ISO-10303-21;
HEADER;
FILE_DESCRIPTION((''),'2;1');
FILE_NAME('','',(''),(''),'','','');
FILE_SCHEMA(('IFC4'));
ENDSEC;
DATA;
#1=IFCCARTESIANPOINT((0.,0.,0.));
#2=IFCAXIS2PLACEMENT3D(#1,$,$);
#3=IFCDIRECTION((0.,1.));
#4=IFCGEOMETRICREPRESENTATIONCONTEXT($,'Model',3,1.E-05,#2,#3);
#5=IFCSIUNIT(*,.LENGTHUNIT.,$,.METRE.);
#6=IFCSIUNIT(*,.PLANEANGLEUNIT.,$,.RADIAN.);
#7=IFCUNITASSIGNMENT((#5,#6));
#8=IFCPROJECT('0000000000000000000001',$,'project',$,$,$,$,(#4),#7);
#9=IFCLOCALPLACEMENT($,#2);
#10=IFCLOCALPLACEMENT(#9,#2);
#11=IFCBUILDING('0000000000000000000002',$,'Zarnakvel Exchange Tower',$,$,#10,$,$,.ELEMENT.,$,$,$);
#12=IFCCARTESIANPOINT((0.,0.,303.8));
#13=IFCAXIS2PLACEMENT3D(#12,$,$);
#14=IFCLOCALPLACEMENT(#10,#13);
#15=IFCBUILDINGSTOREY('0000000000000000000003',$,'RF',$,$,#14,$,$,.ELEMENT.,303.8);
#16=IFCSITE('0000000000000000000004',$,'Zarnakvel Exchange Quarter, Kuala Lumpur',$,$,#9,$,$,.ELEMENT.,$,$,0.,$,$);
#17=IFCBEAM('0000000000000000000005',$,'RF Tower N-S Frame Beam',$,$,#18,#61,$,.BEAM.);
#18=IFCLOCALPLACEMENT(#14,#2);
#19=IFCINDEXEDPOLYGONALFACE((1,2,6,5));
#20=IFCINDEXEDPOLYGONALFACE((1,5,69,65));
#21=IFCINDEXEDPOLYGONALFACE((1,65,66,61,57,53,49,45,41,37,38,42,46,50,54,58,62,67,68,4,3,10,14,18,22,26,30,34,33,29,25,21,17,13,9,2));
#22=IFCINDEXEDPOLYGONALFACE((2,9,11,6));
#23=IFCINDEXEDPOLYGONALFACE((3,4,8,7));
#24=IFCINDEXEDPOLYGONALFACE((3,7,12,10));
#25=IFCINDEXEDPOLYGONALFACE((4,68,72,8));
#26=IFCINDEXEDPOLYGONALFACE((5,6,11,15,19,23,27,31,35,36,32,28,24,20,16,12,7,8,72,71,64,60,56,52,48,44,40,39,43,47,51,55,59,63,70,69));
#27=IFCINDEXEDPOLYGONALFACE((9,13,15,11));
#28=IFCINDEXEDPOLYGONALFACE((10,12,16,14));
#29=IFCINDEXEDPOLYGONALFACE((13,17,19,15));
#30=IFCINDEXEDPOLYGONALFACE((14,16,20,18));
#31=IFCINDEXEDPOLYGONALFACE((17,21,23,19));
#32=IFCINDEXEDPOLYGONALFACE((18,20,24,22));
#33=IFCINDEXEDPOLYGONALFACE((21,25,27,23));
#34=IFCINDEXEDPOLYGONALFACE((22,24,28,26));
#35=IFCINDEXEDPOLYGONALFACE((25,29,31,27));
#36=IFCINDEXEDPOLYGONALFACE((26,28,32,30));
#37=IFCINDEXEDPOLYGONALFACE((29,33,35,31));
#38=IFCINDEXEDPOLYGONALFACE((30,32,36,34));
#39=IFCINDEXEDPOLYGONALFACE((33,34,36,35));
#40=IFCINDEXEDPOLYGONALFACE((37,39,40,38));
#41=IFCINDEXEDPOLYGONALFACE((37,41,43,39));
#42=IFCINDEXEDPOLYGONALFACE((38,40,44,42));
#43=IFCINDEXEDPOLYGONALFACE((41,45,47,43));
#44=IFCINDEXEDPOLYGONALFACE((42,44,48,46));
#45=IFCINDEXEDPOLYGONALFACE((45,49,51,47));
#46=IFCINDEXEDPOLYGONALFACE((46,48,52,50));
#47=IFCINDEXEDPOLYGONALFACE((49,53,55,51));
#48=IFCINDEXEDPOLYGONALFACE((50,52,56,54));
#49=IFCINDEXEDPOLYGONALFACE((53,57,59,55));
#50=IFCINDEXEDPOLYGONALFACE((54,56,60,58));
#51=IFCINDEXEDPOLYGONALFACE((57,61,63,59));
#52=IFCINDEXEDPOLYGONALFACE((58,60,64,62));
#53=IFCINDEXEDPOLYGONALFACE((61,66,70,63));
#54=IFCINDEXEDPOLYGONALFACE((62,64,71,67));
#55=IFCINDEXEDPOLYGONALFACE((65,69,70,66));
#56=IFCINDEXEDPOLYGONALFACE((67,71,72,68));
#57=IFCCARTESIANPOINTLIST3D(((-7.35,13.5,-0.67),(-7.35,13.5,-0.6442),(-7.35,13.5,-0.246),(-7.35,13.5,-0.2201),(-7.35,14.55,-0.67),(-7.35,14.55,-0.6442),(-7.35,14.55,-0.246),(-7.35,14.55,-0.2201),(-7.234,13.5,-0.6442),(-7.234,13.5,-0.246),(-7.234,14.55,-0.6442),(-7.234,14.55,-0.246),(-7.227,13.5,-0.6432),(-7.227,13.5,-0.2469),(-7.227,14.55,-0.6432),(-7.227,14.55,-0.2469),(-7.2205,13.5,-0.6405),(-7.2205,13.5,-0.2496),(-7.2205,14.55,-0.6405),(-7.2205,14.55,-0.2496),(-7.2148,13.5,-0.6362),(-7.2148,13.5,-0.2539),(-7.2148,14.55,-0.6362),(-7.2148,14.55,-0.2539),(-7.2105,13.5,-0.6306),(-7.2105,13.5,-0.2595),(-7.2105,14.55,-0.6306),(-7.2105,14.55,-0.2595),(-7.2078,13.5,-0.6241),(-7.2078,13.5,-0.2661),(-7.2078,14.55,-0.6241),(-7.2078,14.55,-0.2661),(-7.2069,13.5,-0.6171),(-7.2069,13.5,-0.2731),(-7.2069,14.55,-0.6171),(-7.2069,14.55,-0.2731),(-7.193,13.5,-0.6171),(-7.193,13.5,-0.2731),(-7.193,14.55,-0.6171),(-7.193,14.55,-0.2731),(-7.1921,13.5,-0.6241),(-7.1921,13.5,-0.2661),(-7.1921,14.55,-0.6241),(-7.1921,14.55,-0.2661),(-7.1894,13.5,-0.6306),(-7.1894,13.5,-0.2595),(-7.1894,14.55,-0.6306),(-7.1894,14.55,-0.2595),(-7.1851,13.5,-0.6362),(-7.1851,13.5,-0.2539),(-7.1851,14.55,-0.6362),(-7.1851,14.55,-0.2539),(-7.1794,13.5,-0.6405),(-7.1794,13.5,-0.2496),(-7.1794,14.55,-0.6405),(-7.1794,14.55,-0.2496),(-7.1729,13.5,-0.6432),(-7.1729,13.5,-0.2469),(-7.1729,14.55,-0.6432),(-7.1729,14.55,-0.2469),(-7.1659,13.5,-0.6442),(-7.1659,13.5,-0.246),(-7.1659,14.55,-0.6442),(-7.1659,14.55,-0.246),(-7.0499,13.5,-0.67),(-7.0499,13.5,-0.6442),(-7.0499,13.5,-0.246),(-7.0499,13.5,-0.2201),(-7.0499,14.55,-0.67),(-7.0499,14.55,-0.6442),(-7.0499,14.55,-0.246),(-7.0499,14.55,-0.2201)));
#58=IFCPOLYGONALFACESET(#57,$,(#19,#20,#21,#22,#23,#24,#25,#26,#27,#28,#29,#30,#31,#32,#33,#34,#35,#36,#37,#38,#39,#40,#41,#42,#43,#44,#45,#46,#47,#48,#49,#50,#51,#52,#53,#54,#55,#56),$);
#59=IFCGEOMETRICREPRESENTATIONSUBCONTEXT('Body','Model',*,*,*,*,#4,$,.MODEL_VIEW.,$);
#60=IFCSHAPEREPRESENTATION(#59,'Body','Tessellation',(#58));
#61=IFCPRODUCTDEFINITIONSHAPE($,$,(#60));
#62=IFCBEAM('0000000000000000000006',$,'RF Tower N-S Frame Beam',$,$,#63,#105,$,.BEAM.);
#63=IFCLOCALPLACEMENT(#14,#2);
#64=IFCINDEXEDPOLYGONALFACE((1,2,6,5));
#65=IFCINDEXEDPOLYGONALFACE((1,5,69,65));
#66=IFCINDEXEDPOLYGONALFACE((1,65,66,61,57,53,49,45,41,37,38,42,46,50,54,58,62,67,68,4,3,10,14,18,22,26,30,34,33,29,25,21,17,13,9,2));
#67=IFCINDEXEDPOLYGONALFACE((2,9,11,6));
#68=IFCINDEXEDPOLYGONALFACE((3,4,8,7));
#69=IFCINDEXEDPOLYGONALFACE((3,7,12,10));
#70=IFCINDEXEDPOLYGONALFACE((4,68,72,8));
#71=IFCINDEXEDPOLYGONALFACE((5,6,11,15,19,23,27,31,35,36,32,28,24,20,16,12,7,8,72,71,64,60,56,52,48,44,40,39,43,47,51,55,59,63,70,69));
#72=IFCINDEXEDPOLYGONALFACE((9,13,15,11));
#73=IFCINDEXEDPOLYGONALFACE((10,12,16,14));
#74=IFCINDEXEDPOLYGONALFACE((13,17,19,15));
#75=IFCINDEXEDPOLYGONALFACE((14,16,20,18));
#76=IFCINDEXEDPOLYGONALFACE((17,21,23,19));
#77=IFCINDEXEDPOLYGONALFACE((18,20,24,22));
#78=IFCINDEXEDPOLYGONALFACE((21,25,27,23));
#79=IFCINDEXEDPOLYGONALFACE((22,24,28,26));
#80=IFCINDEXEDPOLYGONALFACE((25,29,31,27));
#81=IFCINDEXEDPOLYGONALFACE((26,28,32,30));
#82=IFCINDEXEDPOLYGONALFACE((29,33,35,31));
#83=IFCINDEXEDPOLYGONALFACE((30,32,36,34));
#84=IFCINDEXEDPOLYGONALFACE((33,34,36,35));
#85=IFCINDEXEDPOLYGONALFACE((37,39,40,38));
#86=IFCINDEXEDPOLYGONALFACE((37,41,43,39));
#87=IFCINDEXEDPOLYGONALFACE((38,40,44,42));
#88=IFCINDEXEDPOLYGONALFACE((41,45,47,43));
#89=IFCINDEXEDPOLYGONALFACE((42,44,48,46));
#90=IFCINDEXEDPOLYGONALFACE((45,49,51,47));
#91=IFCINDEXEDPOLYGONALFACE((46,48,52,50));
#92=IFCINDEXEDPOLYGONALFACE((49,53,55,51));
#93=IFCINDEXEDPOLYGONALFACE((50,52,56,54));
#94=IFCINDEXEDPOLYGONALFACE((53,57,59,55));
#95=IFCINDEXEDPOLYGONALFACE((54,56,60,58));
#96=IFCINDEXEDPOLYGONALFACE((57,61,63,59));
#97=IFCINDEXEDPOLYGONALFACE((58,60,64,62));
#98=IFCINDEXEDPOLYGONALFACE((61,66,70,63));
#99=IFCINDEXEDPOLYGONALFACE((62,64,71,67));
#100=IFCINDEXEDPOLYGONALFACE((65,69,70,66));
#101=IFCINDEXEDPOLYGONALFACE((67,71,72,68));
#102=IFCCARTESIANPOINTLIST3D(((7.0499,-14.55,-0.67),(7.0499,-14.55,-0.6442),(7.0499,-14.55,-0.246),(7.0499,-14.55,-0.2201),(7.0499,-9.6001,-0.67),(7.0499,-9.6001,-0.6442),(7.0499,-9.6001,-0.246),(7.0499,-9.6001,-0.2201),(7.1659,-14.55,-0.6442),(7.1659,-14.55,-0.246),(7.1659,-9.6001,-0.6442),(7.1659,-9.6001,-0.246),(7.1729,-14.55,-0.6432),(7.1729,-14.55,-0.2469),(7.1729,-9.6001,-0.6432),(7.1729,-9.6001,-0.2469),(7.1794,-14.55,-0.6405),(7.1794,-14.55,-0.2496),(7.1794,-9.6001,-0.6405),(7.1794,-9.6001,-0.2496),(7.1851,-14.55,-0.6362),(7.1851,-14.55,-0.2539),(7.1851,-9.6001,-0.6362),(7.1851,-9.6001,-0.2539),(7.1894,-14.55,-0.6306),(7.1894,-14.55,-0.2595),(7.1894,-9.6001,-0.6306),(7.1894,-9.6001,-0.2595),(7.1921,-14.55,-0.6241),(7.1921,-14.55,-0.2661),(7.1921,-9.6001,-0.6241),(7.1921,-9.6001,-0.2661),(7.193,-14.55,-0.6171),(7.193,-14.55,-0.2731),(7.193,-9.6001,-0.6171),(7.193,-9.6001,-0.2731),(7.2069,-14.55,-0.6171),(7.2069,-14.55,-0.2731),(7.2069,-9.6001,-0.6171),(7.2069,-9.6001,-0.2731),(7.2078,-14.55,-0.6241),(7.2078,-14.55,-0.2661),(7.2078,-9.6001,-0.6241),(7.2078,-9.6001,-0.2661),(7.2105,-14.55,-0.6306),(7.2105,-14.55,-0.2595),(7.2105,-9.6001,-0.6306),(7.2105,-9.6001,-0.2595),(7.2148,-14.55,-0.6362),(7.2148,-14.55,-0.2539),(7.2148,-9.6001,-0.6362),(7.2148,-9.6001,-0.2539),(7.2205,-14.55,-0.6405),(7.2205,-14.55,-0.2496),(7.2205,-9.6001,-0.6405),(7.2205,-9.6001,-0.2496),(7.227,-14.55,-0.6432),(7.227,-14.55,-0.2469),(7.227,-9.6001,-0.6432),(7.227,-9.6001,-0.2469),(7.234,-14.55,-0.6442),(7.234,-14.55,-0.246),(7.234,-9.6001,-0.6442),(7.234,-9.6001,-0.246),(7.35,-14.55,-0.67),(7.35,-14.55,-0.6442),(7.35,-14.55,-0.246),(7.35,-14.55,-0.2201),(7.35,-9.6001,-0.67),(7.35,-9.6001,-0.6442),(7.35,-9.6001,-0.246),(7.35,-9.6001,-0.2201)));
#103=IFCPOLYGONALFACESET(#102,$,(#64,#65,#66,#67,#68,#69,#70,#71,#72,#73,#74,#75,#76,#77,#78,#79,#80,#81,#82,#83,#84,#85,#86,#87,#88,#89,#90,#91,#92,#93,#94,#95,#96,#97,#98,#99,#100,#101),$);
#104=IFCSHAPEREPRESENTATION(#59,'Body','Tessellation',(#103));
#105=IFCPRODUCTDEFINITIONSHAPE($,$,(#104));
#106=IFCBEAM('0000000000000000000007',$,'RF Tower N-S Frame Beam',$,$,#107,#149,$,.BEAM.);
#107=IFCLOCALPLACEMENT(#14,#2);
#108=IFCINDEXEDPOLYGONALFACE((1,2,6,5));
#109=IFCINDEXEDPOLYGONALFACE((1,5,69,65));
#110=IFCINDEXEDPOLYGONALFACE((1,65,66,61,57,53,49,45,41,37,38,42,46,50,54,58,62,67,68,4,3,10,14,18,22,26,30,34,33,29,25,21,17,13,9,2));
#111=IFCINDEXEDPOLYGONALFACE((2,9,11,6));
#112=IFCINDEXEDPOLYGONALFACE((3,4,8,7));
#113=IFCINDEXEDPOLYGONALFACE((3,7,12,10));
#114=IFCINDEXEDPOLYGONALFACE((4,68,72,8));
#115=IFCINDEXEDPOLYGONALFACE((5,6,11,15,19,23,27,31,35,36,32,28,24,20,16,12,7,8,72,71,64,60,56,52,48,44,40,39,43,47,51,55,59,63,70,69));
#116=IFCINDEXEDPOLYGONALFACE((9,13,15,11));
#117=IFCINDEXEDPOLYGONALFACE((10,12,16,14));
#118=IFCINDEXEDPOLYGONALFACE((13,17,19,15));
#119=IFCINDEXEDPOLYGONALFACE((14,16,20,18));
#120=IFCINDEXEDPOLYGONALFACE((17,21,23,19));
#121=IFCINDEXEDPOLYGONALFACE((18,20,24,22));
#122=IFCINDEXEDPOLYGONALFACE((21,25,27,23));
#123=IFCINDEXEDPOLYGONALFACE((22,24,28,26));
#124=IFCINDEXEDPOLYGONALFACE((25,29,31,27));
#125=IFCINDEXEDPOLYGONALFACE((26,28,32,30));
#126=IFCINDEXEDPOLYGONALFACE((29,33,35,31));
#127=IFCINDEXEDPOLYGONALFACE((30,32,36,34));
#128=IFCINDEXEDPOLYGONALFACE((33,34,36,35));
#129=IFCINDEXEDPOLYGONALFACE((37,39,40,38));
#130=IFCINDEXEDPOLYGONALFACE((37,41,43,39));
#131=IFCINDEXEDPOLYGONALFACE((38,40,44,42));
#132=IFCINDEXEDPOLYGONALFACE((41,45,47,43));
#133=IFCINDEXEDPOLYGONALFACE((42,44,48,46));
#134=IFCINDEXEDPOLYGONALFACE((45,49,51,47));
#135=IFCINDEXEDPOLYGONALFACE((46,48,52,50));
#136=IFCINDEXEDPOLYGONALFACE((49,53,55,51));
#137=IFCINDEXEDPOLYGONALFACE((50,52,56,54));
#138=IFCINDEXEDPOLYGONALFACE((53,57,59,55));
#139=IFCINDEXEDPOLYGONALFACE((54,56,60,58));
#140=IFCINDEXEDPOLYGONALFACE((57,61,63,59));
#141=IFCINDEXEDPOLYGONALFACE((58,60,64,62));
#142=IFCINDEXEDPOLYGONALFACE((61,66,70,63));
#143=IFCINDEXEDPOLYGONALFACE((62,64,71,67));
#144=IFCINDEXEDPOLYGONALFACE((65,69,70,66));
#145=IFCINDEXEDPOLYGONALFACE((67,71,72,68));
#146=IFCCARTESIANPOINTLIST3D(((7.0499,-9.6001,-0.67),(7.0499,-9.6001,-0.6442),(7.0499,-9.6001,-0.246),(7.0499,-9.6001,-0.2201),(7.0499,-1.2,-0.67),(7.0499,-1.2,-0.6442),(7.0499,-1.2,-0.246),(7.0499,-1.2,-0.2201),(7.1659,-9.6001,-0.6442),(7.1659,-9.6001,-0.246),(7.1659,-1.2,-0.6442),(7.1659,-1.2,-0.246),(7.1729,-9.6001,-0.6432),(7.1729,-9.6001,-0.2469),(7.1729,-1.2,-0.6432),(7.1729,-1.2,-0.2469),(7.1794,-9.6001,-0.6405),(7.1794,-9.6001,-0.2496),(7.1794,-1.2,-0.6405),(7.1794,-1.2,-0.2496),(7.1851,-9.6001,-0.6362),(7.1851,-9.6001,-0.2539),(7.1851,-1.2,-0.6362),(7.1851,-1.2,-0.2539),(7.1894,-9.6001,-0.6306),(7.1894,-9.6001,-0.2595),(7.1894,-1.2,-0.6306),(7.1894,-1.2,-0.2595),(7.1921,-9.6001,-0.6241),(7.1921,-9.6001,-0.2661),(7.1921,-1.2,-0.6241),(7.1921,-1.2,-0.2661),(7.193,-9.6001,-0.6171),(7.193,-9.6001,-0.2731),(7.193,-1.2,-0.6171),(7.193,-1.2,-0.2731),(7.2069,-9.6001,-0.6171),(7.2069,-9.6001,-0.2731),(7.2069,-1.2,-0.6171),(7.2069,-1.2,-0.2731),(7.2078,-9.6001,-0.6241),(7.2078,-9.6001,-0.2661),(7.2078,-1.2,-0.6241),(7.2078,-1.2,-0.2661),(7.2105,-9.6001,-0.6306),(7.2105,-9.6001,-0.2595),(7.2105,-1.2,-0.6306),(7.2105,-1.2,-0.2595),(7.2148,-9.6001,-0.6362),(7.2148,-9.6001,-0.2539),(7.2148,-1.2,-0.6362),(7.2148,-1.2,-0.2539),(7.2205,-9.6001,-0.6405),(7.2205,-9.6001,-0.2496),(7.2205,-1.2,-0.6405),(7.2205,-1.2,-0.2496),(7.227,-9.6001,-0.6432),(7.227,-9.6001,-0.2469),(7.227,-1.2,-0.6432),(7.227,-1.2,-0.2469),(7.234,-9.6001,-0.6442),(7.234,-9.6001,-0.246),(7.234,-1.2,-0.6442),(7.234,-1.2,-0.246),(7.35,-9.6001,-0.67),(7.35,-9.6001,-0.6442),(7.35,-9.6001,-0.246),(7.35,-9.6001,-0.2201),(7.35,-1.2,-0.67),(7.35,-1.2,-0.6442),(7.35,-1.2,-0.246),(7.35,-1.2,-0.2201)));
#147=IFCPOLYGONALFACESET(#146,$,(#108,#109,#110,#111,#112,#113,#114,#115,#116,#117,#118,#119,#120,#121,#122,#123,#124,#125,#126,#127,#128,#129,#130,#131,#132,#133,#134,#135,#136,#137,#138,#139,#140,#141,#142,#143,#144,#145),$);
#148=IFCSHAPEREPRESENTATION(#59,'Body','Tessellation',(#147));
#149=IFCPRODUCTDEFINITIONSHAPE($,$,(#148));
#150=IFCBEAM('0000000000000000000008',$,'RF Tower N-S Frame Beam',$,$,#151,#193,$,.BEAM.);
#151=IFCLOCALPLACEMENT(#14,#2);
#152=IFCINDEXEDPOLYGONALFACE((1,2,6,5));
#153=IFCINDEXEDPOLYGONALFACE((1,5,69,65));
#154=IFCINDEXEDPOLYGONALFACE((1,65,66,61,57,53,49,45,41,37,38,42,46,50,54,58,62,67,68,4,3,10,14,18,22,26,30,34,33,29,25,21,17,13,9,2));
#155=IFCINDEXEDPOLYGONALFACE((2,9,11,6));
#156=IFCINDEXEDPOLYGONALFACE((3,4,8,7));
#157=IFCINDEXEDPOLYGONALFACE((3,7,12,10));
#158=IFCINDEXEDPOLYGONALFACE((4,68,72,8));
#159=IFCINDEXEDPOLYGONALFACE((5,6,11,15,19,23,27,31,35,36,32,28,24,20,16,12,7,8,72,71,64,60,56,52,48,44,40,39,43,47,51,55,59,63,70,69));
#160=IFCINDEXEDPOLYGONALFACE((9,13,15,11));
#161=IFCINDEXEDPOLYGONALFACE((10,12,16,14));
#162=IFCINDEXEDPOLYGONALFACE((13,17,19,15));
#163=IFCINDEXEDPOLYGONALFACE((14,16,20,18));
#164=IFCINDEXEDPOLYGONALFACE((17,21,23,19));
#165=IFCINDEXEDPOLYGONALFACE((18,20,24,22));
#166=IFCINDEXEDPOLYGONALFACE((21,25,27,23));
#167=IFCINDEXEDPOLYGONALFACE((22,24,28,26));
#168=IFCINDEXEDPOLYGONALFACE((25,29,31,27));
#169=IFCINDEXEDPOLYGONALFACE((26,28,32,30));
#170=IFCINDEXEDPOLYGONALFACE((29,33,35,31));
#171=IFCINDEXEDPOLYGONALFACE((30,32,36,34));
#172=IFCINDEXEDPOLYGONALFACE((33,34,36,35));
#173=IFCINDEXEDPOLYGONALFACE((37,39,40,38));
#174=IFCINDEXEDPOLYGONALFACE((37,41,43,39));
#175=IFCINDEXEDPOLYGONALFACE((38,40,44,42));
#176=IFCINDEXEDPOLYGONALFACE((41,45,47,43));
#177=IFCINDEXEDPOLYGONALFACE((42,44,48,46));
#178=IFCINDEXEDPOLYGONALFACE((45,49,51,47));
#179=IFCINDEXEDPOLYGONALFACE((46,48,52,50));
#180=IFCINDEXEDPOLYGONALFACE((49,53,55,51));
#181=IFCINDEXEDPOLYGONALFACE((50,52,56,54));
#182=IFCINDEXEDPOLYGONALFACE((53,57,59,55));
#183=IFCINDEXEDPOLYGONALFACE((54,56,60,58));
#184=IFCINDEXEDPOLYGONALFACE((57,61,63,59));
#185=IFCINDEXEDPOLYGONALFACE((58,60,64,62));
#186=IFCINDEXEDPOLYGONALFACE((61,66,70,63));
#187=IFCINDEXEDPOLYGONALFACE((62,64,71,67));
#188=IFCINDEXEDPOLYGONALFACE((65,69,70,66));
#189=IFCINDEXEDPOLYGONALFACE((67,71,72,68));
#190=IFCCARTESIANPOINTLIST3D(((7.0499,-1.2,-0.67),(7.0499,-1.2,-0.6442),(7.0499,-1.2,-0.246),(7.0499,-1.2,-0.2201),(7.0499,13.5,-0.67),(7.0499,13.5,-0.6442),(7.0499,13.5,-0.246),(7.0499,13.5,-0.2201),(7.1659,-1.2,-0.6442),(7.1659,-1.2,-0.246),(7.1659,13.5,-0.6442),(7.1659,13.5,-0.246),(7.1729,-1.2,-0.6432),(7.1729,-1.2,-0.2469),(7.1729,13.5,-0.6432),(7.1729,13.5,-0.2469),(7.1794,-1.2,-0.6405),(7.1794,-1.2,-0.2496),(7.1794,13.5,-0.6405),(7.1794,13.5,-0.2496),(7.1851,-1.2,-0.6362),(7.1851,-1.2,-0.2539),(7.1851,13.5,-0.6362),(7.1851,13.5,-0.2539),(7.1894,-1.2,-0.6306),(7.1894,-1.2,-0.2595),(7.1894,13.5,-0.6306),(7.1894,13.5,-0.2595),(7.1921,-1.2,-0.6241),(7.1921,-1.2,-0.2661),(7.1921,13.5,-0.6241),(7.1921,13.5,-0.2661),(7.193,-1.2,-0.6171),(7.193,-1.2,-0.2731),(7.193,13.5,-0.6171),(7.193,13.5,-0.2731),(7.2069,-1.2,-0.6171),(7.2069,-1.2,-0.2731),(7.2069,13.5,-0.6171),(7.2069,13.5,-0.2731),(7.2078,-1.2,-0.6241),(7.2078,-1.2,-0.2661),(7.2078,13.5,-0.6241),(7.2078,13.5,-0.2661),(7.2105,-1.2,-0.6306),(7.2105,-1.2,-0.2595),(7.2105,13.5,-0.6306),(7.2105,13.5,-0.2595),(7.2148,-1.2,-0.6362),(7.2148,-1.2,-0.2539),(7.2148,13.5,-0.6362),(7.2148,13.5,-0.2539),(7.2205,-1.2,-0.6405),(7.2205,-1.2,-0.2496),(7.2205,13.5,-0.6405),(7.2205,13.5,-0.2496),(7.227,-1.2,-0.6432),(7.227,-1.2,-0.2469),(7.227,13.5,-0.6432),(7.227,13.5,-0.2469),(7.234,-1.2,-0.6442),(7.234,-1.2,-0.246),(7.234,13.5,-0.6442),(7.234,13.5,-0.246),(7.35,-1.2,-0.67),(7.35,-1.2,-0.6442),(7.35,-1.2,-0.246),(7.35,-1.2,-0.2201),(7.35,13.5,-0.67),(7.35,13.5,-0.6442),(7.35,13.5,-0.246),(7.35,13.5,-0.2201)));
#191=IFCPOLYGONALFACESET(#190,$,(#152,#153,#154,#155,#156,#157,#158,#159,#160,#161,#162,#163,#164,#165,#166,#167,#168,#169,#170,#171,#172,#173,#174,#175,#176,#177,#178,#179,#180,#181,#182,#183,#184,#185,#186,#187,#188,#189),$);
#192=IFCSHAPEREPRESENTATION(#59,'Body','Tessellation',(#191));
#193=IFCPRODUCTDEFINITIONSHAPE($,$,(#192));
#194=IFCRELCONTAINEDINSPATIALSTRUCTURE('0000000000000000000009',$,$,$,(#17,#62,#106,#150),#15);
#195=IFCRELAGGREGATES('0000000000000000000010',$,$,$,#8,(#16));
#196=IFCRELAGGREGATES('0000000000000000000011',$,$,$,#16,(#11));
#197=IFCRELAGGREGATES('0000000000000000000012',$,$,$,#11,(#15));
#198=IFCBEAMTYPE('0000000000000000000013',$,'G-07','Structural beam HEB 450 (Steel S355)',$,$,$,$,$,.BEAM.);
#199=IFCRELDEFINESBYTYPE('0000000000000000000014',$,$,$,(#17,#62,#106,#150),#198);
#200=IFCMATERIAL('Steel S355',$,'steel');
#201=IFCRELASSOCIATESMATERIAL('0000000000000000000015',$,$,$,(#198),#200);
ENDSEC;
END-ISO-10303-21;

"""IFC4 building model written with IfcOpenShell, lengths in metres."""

from ifc_helpers import new_model, si_unit, direction, frame, origin, origin_2d, place, context, subcontext, project, spatial, i_section, extrude, material, material_profile, profile_set, type_object, element, save


model = new_model("IFC4")

# Units and contexts
model_context = context("Model", 3, precision=1e-05, world=origin(), true_north=direction((0.0, 1.0)))
body_context = subcontext(model_context, "Body", "Model", "MODEL_VIEW")
ifc_project = project(units=[si_unit("LENGTHUNIT", "METRE"), si_unit("PLANEANGLEUNIT", "RADIAN")], contexts=[model_context])

# Site, building, storey
site_placement = place(None, origin())
site = spatial("IfcSite", under=ifc_project, at=site_placement, Name="Zarnakvel Exchange Quarter, Kuala Lumpur", CompositionType="ELEMENT", RefElevation=0.0)
building_placement = place(site_placement, origin())
building = spatial("IfcBuilding", under=site, at=building_placement, Name="Zarnakvel Exchange Tower", CompositionType="ELEMENT")
storey_placement = place(building_placement, frame((0.0, 0.0, 303.8)))
storey = spatial("IfcBuildingStorey", under=building, at=storey_placement, Name="RF", CompositionType="ELEMENT", Elevation=303.8)

# Beams
ifc_material_1 = material(Name="Steel S355", Category="steel")
ifc_material_profile_1 = material_profile(ifc_material_1, i_section(OverallWidth=0.3, OverallDepth=0.45, WebThickness=0.0139, FlangeThickness=0.0259, FilletRadius=0.0271, at=origin_2d()))
ifc_profile_set_1 = profile_set([ifc_material_profile_1], Name="Steel S355")
beam_type_1 = type_object("IfcBeamType", Name="G-07", Description="Structural beam HEB 450 (Steel S355)", PredefinedType="BEAM", material=ifc_profile_set_1)
beam_1_placement = place(storey_placement, frame((-7.2, 13.5, -0.4451), z_axis=(0.0, 1.0, 0.0), x_axis=(-1.0, 0.0, 0.0)))
element("IfcBeam", 1, at=beam_1_placement, inside=storey, type_object=beam_type_1, Name="RF Tower N-S Frame Beam", PredefinedType="BEAM", context=body_context, shape_type="SweptSolid", body=[
    extrude(i_section(OverallWidth=0.3, OverallDepth=0.45, WebThickness=0.0139, FlangeThickness=0.0259, FilletRadius=0.0271, at=origin_2d()), origin(), (0.0, 0.0, 1.0), 1.05),
])
beam_2_placement = place(storey_placement, frame((7.2, -14.55, -0.4451), z_axis=(0.0, 1.0, 0.0), x_axis=(-1.0, 0.0, 0.0)))
element("IfcBeam", 2, at=beam_2_placement, inside=storey, type_object=beam_type_1, Name="RF Tower N-S Frame Beam", PredefinedType="BEAM", context=body_context, shape_type="SweptSolid", body=[
    extrude(i_section(OverallWidth=0.3, OverallDepth=0.45, WebThickness=0.0139, FlangeThickness=0.0259, FilletRadius=0.0271, at=origin_2d()), origin(), (0.0, 0.0, 1.0), 4.95),
])
beam_3_placement = place(storey_placement, frame((7.2, -9.6001, -0.4451), z_axis=(0.0, 1.0, 0.0), x_axis=(-1.0, 0.0, 0.0)))
element("IfcBeam", 3, at=beam_3_placement, inside=storey, type_object=beam_type_1, Name="RF Tower N-S Frame Beam", PredefinedType="BEAM", context=body_context, shape_type="SweptSolid", body=[
    extrude(i_section(OverallWidth=0.3, OverallDepth=0.45, WebThickness=0.0139, FlangeThickness=0.0259, FilletRadius=0.0271, at=origin_2d()), origin(), (0.0, 0.0, 1.0), 8.4001),
])
beam_4_placement = place(storey_placement, frame((7.2, -1.2, -0.4451), z_axis=(0.0, 1.0, 0.0), x_axis=(-1.0, 0.0, 0.0)))
element("IfcBeam", 4, at=beam_4_placement, inside=storey, type_object=beam_type_1, Name="RF Tower N-S Frame Beam", PredefinedType="BEAM", context=body_context, shape_type="SweptSolid", body=[
    extrude(i_section(OverallWidth=0.3, OverallDepth=0.45, WebThickness=0.0139, FlangeThickness=0.0259, FilletRadius=0.0271, at=origin_2d()), origin(), (0.0, 0.0, 1.0), 14.7),
])

save(model, "model.ifc")
